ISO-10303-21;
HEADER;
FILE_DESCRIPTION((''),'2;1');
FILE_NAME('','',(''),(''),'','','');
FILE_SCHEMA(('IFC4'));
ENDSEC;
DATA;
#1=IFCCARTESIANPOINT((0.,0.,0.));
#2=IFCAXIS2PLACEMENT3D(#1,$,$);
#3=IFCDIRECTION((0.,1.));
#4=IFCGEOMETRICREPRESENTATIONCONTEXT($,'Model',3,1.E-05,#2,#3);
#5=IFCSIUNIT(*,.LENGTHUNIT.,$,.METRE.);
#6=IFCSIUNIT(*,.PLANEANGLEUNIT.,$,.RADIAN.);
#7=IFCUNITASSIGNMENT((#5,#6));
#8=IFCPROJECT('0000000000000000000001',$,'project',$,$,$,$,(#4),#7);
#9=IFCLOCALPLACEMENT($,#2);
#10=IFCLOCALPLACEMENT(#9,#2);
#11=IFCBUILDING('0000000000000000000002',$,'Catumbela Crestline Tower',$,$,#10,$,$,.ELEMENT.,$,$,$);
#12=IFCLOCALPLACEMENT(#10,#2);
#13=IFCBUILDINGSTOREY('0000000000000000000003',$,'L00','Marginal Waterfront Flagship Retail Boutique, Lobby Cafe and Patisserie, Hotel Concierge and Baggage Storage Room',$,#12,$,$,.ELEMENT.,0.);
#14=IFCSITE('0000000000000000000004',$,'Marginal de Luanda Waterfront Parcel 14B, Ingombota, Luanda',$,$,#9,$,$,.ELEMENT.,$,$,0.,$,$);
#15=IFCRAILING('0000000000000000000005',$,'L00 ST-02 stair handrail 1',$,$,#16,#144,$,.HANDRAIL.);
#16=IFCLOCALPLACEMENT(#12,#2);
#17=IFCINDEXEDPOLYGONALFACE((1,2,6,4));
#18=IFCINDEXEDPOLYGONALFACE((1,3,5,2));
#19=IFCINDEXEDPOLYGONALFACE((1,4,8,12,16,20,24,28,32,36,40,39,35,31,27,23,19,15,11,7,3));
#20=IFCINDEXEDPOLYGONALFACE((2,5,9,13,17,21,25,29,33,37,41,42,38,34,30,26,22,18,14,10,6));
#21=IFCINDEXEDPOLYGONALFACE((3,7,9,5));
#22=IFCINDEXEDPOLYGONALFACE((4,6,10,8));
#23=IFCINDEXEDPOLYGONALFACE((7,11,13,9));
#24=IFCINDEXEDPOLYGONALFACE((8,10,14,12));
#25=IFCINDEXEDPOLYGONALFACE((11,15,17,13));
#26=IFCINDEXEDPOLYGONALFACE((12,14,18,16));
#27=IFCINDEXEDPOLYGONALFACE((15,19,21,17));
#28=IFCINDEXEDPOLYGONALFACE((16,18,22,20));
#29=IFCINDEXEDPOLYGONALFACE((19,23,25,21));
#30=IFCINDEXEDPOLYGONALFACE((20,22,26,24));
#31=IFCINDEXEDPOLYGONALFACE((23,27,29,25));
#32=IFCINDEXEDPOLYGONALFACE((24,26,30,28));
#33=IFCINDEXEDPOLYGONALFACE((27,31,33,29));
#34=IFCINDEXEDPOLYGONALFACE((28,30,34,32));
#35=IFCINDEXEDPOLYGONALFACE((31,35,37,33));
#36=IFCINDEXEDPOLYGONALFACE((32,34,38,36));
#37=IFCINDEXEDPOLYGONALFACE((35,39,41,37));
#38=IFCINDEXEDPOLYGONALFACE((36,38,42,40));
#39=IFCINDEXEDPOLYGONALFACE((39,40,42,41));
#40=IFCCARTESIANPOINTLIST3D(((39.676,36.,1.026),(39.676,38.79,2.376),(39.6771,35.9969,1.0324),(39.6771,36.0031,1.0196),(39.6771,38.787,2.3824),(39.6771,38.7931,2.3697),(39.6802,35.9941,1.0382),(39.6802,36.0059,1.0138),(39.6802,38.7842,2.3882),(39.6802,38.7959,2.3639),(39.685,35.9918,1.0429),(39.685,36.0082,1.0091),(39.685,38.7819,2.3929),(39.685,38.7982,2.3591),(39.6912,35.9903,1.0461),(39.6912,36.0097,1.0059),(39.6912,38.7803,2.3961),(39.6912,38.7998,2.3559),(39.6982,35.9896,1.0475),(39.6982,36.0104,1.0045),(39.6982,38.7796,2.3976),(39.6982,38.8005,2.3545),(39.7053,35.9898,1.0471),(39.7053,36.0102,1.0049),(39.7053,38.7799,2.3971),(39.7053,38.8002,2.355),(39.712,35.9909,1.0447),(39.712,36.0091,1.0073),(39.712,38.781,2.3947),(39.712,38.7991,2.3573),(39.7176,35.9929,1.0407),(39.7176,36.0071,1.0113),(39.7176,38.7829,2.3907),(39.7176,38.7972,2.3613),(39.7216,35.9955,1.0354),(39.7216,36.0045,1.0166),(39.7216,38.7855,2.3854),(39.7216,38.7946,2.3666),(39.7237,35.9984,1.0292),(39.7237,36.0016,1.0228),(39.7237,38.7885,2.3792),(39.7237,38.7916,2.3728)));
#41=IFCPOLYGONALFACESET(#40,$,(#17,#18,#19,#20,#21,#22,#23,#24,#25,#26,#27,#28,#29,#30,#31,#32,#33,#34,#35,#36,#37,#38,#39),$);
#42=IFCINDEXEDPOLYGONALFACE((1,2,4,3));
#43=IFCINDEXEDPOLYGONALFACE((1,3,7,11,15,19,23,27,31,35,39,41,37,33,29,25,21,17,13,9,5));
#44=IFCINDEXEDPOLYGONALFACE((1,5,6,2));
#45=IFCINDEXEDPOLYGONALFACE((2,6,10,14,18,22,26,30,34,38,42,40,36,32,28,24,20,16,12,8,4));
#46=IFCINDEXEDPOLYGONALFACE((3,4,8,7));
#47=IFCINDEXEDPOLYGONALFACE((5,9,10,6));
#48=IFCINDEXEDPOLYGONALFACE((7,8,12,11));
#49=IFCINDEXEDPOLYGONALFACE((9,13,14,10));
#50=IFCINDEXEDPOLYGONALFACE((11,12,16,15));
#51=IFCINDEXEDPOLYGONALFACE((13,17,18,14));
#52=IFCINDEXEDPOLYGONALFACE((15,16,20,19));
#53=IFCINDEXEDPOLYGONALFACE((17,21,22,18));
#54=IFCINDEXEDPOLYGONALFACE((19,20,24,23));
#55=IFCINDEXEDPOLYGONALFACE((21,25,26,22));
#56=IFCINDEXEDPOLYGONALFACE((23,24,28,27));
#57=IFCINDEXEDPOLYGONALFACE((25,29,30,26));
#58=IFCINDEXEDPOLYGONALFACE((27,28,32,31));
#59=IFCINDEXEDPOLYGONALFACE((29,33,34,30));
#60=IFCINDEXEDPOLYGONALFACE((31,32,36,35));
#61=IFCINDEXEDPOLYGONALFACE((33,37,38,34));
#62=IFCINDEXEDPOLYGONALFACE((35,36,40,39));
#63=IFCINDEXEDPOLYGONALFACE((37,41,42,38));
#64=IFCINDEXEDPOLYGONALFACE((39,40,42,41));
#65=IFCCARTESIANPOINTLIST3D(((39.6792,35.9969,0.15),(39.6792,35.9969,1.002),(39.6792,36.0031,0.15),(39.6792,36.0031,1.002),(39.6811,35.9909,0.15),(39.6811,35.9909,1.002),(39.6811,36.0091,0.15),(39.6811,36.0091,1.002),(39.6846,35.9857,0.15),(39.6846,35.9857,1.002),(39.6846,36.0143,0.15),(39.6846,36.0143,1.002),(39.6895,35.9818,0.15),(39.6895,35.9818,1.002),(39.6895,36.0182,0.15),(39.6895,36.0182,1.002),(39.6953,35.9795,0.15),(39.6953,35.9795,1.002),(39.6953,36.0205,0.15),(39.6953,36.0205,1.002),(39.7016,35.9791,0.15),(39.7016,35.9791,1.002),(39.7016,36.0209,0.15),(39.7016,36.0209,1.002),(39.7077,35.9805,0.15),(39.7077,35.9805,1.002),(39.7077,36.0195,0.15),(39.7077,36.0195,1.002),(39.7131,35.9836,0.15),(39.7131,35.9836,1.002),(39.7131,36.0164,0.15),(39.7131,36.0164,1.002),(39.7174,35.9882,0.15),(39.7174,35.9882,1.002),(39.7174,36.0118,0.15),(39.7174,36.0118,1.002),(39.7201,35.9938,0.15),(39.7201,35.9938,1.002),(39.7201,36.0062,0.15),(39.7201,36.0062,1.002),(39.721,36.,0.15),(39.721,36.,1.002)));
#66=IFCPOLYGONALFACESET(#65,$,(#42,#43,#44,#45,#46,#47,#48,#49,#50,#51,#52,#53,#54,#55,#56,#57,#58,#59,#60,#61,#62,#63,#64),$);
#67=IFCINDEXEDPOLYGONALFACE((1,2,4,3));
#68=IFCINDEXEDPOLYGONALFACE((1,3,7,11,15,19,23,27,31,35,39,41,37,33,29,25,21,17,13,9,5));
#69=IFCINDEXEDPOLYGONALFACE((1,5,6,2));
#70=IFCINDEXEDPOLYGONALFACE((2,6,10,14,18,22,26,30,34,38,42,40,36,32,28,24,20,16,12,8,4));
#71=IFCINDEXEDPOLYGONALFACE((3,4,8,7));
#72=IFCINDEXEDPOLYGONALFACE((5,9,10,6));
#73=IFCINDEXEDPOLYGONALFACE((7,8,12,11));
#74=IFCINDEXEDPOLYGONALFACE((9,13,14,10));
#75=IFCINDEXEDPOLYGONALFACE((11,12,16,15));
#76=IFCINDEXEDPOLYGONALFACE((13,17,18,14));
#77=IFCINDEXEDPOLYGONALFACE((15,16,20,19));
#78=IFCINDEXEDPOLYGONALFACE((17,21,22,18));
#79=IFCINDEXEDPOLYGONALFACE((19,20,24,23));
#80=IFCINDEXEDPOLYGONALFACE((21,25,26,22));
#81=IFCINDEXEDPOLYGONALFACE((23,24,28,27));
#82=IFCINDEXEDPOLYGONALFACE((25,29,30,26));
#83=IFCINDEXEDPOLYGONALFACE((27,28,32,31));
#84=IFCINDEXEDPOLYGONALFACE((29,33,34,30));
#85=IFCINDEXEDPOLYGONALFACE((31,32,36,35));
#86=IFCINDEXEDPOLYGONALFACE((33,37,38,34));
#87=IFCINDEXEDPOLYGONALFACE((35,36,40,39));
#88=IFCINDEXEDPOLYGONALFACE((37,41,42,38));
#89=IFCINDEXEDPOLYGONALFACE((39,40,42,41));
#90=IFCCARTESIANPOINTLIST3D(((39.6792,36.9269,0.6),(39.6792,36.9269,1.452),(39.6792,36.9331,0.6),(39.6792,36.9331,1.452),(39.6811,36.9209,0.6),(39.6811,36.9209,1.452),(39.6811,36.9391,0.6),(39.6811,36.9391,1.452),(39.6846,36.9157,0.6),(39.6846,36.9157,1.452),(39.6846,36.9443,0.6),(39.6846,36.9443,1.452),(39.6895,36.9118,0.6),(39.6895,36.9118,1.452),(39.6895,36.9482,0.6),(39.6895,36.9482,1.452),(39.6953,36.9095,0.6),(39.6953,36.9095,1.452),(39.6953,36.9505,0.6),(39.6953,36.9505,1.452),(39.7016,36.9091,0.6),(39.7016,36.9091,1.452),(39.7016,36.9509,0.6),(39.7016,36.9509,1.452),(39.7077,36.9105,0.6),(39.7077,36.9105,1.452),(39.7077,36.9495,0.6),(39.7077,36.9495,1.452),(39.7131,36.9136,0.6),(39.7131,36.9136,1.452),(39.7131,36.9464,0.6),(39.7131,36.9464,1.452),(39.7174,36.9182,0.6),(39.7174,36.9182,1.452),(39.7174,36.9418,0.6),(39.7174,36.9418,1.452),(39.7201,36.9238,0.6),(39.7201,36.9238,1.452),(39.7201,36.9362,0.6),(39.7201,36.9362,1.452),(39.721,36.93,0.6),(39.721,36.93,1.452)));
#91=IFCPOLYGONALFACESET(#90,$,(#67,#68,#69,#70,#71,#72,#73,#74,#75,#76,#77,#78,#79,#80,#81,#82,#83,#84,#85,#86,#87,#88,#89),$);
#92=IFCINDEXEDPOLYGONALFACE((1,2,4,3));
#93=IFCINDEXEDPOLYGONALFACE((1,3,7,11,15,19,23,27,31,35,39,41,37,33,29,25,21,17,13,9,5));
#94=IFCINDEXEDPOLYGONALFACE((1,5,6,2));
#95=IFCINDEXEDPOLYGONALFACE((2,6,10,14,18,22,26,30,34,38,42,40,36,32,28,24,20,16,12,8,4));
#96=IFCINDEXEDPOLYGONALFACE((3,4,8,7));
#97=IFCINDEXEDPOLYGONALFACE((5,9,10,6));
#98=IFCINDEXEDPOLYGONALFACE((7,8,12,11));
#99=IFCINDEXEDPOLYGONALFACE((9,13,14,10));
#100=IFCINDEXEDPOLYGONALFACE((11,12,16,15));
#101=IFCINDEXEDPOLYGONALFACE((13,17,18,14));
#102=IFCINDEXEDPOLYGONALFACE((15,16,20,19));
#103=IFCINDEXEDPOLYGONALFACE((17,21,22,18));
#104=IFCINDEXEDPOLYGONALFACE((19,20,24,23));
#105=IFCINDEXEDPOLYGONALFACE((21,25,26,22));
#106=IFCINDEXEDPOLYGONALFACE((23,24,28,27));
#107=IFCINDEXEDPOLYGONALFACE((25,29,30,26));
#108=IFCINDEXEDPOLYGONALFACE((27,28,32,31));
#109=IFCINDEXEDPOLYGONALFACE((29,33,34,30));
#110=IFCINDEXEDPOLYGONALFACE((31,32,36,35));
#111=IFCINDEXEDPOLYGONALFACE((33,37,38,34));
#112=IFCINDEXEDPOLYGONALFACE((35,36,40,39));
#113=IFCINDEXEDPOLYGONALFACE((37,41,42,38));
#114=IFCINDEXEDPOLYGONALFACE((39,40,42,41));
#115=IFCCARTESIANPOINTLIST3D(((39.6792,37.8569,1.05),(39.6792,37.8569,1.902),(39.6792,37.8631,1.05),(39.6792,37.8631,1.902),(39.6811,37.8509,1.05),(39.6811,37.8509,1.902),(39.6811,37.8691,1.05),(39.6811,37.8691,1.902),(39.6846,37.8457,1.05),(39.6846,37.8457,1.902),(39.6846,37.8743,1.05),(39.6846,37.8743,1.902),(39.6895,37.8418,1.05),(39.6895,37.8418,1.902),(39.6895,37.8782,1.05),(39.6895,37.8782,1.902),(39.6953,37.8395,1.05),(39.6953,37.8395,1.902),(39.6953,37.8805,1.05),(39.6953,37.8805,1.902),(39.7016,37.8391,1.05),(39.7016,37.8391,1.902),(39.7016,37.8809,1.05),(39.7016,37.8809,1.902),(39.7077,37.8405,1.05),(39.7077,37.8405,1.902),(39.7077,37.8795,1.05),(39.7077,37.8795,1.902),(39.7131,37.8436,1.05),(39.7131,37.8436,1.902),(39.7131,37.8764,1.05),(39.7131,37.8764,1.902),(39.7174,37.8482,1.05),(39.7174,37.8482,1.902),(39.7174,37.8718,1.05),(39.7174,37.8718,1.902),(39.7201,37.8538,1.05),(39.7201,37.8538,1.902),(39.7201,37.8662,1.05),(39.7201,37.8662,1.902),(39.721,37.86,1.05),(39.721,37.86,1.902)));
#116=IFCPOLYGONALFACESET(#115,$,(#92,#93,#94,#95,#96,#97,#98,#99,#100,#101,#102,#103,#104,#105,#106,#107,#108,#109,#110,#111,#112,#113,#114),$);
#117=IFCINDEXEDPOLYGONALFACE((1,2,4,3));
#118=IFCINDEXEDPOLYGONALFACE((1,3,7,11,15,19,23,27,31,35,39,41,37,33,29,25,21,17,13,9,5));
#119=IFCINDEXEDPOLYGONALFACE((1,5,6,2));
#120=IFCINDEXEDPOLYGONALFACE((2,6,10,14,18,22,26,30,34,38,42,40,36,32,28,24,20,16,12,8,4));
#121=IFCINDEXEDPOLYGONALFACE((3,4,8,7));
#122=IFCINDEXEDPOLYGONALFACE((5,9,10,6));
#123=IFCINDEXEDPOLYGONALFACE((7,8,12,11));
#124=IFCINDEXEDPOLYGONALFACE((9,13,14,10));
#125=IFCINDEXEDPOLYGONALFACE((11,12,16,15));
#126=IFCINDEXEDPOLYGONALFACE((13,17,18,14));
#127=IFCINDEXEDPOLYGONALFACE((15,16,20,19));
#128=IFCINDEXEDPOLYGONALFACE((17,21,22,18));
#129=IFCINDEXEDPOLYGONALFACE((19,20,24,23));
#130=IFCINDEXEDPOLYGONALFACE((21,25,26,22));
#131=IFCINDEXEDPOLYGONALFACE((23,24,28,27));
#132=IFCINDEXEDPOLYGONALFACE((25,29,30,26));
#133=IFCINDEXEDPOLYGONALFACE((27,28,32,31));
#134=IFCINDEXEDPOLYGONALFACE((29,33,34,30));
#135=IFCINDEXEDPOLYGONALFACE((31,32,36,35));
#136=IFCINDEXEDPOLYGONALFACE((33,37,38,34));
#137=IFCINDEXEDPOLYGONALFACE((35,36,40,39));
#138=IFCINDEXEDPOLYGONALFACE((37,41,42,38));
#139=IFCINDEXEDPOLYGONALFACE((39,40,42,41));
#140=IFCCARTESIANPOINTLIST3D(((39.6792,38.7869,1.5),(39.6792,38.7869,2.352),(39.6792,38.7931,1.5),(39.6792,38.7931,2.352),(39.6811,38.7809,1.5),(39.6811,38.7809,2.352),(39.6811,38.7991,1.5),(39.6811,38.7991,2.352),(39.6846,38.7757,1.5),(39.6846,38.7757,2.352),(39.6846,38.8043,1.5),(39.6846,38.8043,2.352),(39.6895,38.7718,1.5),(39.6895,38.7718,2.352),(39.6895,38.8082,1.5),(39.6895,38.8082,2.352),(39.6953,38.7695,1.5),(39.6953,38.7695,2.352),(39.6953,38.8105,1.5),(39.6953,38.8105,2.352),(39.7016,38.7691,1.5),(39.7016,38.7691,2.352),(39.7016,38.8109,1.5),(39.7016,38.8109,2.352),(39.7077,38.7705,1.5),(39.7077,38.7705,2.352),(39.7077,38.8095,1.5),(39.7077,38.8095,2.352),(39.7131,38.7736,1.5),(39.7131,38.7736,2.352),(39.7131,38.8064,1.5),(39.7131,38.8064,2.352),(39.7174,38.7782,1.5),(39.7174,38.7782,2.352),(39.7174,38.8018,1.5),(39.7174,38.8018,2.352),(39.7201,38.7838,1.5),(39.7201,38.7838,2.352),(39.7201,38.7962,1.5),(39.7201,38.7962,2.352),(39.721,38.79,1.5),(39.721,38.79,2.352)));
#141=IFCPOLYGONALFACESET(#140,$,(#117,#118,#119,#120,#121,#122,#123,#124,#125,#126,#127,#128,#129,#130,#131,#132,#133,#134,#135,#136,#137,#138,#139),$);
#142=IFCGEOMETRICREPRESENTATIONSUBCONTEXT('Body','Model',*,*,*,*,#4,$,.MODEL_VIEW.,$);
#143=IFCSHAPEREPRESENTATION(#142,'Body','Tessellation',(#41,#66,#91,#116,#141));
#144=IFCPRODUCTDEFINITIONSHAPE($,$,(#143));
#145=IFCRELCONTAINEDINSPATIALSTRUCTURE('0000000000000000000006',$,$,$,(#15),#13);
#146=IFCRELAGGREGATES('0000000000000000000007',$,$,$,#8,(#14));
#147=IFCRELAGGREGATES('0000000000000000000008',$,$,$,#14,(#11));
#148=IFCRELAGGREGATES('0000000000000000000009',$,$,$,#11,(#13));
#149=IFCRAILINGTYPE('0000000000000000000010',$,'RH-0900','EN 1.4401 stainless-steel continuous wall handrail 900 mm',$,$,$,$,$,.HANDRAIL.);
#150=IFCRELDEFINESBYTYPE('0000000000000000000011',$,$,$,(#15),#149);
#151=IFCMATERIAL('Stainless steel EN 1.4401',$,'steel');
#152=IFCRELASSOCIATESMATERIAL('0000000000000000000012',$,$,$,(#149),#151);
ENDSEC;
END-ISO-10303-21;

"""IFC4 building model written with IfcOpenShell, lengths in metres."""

from ifc_helpers import new_model, si_unit, direction, frame, origin, origin_2d, place, context, subcontext, project, spatial, circle, extrude, material, type_object, element, save


model = new_model("IFC4")

# Units and contexts
model_context = context("Model", 3, precision=1e-05, world=origin(), true_north=direction((0.0, 1.0)))
body_context = subcontext(model_context, "Body", "Model", "MODEL_VIEW")
ifc_project = project(units=[si_unit("LENGTHUNIT", "METRE"), si_unit("PLANEANGLEUNIT", "RADIAN")], contexts=[model_context])

# Site, building, storey
site_placement = place(None, origin())
site = spatial("IfcSite", under=ifc_project, at=site_placement, Name="Marginal de Luanda Waterfront Parcel 14B, Ingombota, Luanda", CompositionType="ELEMENT", RefElevation=0.0)
building_placement = place(site_placement, origin())
building = spatial("IfcBuilding", under=site, at=building_placement, Name="Catumbela Crestline Tower", CompositionType="ELEMENT")
storey_placement = place(building_placement, origin())
storey = spatial("IfcBuildingStorey", under=building, at=storey_placement, Name="L00", Description="Marginal Waterfront Flagship Retail Boutique, Lobby Cafe and Patisserie, Hotel Concierge and Baggage Storage Room", CompositionType="ELEMENT", Elevation=0.0)

# Shared definitions
ifc_material_1 = material(Name="Stainless steel EN 1.4401", Category="steel")

# Railing
railing_type_1 = type_object("IfcRailingType", Name="RH-0900", Description="EN 1.4401 stainless-steel continuous wall handrail 900 mm", PredefinedType="HANDRAIL", material=ifc_material_1)
railing_1_placement = place(storey_placement, frame((39.7, 36.0, 0.15)))
element("IfcRailing", 1, at=railing_1_placement, inside=storey, type_object=railing_type_1, Name="L00 ST-02 stair handrail 1", PredefinedType="HANDRAIL", context=body_context, shape_type="SweptSolid", body=[
    extrude(circle(Radius=0.024, at=origin_2d()), frame((0.0, 0.0, 0.876), z_axis=(0.0, 0.900159, 0.435561), x_axis=(-1.0, 0.0, 0.0)), (0.0, 0.0, 1.0), 3.0995),
    extrude(circle(Radius=0.021, at=origin_2d()), origin(), (0.0, 0.0, 1.0), 0.852),
    extrude(circle(Radius=0.021, at=origin_2d()), frame((0.0, 0.93, 0.45)), (0.0, 0.0, 1.0), 0.852),
    extrude(circle(Radius=0.021, at=origin_2d()), frame((0.0, 1.86, 0.9)), (0.0, 0.0, 1.0), 0.852),
    extrude(circle(Radius=0.021, at=origin_2d()), frame((0.0, 2.79, 1.35)), (0.0, 0.0, 1.0), 0.852),
])

save(model, "model.ifc")
